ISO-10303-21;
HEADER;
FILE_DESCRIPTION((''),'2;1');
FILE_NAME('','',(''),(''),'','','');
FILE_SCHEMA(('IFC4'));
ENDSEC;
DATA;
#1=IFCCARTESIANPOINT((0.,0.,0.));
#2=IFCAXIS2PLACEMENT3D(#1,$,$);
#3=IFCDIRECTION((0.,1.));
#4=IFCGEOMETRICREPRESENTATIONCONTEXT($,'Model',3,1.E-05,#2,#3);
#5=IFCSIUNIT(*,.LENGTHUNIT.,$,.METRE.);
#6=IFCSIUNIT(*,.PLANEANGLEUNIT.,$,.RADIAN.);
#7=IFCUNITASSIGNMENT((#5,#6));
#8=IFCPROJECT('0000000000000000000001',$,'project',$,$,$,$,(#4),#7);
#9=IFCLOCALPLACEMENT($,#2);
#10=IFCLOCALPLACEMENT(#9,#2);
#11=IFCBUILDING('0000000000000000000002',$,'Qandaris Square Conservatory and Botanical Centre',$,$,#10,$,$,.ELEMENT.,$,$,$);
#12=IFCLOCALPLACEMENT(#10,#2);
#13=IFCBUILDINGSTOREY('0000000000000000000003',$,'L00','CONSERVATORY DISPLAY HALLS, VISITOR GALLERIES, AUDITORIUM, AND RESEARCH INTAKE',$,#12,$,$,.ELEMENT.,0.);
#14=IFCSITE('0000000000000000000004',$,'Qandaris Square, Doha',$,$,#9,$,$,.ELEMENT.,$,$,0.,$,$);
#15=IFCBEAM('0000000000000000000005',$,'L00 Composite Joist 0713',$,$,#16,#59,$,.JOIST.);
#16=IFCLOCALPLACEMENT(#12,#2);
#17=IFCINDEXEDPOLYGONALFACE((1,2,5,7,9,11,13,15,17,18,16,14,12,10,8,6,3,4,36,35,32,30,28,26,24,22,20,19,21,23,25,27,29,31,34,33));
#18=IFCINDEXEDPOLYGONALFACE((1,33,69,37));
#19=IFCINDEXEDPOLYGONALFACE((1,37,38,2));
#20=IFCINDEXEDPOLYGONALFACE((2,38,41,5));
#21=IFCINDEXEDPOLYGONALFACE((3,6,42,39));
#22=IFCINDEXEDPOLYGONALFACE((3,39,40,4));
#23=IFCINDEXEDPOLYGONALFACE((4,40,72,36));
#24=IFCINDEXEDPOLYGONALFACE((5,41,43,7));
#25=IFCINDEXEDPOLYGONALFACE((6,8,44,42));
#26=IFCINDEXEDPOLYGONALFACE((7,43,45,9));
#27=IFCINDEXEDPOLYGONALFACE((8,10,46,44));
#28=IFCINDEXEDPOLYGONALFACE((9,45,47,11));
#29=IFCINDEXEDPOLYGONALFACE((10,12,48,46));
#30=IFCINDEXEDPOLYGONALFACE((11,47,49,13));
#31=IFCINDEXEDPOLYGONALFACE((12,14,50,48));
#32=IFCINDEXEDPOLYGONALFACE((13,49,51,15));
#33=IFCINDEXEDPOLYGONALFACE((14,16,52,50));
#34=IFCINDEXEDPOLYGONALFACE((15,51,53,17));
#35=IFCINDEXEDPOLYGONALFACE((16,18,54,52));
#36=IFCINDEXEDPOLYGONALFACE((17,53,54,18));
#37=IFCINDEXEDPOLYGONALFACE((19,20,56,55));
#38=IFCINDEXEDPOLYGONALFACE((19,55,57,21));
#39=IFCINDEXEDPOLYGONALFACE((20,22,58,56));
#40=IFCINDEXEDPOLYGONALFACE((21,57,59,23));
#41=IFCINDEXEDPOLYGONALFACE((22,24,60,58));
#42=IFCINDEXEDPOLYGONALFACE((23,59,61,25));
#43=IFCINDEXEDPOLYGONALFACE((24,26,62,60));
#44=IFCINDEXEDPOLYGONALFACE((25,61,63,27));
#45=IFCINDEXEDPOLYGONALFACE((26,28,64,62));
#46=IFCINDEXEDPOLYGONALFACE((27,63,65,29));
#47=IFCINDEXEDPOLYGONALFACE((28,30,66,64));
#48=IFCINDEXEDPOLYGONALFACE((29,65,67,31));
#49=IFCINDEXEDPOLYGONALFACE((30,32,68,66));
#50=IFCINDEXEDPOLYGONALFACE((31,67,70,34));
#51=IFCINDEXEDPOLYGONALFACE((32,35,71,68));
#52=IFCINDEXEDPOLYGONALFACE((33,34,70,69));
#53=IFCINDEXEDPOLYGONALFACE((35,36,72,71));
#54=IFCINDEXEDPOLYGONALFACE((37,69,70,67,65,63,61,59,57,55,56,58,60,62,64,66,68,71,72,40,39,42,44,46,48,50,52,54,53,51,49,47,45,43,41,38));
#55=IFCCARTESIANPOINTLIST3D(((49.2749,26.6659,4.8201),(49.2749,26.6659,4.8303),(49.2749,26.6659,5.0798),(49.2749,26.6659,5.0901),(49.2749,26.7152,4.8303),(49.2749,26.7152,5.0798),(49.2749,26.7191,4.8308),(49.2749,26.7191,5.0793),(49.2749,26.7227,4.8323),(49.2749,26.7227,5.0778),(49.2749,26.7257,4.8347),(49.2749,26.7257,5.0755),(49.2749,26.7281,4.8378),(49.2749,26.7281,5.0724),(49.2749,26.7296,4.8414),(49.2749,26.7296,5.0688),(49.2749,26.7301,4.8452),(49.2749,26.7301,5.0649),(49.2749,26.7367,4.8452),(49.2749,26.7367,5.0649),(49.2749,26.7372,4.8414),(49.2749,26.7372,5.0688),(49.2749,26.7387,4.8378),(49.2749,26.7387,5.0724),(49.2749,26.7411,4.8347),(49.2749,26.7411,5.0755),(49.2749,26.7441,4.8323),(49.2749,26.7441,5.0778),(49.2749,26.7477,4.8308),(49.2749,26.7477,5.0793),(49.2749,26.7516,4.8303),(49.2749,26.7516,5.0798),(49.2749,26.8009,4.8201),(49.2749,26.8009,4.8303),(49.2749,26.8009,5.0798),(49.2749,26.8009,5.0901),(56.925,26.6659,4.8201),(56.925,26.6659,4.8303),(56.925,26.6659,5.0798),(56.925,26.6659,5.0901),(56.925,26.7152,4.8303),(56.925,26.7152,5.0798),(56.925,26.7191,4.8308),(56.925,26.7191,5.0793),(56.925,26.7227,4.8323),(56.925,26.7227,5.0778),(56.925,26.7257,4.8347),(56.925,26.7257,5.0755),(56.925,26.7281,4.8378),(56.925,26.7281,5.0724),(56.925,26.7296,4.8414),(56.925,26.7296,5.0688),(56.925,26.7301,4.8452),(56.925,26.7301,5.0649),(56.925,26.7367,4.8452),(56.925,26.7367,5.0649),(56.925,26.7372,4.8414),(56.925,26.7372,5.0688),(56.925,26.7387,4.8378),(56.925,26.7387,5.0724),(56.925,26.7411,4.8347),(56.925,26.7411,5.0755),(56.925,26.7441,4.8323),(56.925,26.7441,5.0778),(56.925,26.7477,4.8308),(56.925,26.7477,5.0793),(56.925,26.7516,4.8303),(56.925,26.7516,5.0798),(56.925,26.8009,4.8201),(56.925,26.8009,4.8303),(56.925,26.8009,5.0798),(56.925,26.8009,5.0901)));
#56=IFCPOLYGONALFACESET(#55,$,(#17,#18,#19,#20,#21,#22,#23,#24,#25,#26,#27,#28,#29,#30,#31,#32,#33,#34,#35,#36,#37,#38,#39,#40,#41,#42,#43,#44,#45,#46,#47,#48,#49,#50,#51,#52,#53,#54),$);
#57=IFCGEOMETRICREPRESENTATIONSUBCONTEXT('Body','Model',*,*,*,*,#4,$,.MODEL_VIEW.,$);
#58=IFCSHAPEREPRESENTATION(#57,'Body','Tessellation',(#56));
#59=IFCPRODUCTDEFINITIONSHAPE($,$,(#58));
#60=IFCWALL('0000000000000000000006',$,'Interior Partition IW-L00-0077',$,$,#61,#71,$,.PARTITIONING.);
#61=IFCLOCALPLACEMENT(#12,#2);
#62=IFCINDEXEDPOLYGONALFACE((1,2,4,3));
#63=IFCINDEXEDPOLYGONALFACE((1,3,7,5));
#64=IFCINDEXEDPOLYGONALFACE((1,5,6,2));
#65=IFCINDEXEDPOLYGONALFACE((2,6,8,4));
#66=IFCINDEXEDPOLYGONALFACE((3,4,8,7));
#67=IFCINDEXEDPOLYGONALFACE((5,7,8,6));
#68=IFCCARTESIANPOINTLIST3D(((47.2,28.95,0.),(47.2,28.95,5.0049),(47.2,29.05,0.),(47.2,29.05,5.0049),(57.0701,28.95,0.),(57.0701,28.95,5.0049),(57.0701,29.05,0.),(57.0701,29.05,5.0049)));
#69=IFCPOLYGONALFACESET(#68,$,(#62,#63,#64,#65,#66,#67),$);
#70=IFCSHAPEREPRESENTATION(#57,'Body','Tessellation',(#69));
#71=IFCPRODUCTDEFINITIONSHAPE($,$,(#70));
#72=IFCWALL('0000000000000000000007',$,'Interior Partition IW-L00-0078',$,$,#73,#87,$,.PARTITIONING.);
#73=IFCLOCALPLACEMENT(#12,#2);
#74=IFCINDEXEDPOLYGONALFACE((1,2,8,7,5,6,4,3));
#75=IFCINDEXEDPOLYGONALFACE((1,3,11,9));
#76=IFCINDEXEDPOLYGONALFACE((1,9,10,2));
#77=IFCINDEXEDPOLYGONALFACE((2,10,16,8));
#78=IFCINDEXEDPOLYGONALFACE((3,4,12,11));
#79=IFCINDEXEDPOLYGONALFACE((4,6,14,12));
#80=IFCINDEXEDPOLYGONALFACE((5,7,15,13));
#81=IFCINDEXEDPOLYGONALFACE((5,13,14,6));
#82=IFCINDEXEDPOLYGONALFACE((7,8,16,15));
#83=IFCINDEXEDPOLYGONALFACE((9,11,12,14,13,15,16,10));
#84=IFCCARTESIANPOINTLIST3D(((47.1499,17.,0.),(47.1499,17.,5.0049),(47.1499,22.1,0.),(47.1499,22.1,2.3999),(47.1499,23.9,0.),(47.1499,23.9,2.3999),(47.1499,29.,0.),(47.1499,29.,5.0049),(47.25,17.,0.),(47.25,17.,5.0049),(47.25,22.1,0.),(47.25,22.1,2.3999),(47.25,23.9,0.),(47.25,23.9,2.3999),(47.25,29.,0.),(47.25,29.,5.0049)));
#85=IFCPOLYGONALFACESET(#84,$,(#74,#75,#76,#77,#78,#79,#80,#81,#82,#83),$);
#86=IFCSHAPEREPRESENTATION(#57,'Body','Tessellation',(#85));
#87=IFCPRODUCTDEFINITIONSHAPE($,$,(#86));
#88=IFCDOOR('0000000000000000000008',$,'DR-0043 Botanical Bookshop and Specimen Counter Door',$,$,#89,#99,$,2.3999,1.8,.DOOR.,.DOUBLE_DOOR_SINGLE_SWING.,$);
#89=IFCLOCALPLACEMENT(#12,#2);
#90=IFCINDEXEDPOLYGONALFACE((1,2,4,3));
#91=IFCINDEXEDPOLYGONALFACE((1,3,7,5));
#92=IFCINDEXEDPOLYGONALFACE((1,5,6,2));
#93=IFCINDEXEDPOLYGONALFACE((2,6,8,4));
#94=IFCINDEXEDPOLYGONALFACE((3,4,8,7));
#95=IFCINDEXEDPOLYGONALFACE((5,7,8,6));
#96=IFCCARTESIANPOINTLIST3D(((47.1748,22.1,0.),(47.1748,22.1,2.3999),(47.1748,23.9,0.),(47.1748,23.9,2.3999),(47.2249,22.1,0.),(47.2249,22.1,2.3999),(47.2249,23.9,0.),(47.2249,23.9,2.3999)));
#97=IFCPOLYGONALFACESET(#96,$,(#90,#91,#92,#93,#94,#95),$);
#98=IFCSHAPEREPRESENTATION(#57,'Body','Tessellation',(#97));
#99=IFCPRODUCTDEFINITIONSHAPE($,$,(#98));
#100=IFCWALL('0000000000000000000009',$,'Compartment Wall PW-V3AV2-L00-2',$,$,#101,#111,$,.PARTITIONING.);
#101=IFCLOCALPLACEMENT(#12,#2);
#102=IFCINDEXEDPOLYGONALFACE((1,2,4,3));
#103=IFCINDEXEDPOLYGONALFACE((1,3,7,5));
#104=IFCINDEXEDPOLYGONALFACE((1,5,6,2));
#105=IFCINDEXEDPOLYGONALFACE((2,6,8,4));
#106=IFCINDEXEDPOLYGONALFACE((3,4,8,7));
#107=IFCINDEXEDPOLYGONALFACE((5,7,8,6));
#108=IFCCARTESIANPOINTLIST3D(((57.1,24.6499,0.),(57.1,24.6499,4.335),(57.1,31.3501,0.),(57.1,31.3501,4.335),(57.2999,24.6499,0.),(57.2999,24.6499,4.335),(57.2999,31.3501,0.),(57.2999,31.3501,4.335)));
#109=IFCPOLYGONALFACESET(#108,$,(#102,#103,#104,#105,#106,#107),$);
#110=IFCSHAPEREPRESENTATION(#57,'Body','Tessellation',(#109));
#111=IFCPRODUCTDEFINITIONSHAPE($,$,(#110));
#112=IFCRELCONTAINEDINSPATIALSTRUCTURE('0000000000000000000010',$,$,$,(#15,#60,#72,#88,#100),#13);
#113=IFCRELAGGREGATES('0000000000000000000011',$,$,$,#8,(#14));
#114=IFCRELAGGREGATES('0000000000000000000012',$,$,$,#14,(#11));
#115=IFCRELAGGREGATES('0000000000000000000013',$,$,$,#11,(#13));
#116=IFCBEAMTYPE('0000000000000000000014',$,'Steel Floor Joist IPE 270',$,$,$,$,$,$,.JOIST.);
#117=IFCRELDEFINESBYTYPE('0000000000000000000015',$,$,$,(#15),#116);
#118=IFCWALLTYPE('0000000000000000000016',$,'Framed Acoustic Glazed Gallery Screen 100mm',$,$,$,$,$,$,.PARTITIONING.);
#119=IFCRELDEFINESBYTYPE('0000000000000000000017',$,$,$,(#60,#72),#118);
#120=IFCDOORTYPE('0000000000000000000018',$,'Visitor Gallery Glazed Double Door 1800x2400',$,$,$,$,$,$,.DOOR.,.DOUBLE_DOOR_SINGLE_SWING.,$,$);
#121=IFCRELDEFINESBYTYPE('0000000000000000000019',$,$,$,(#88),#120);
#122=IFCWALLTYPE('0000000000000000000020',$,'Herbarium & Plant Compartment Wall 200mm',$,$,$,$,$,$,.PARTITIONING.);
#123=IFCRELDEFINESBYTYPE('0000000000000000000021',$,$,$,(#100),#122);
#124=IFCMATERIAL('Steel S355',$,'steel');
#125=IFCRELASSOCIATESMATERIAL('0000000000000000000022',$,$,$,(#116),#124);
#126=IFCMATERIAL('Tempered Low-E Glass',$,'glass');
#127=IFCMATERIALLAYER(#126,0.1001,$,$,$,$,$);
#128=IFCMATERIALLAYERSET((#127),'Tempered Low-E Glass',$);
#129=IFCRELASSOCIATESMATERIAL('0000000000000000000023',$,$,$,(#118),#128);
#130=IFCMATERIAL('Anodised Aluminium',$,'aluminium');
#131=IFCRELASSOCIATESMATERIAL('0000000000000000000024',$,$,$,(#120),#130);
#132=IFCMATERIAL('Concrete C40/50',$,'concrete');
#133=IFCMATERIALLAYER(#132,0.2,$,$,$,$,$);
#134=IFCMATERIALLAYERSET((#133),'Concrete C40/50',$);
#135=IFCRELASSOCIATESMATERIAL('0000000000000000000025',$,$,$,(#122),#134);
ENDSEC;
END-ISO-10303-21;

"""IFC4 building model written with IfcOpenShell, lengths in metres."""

from ifc_helpers import new_model, si_unit, direction, frame, frame_2d, origin, origin_2d, place, context, subcontext, project, spatial, rectangle, i_section, extrude, material, layer, layer_set, material_profile, profile_set, type_object, element, fill, save


model = new_model("IFC4")

# Units and contexts
model_context = context("Model", 3, precision=1e-05, world=origin(), true_north=direction((0.0, 1.0)))
body_context = subcontext(model_context, "Body", "Model", "MODEL_VIEW")
ifc_project = project(units=[si_unit("LENGTHUNIT", "METRE"), si_unit("PLANEANGLEUNIT", "RADIAN")], contexts=[model_context])

# Site, building, storey
site_placement = place(None, origin())
site = spatial("IfcSite", under=ifc_project, at=site_placement, Name="Qandaris Square, Doha", CompositionType="ELEMENT", RefElevation=0.0)
building_placement = place(site_placement, origin())
building = spatial("IfcBuilding", under=site, at=building_placement, Name="Qandaris Square Conservatory and Botanical Centre", CompositionType="ELEMENT")
storey_placement = place(building_placement, origin())
storey = spatial("IfcBuildingStorey", under=building, at=storey_placement, Name="L00", Description="CONSERVATORY DISPLAY HALLS, VISITOR GALLERIES, AUDITORIUM, AND RESEARCH INTAKE", CompositionType="ELEMENT", Elevation=0.0)

# Shared definitions
ifc_material_1 = material(Name="Concrete C40/50", Category="concrete")

# Beam
ifc_material_2 = material(Name="Steel S355", Category="steel")
ifc_material_profile_1 = material_profile(ifc_material_2, i_section(OverallWidth=0.135, OverallDepth=0.27, WebThickness=0.0066, FlangeThickness=0.0103, FilletRadius=0.0149, at=origin_2d()), Name="IPE 270")
ifc_profile_set_1 = profile_set([ifc_material_profile_1], Name="Steel S355")
beam_type_1 = type_object("IfcBeamType", Name="Steel Floor Joist IPE 270", PredefinedType="JOIST", material=ifc_profile_set_1)
beam_1_placement = place(storey_placement, frame((49.2749, 26.7334, 4.9551), z_axis=(1.0, 0.0, 0.0), x_axis=(0.0, 1.0, 0.0)))
element("IfcBeam", 1, at=beam_1_placement, inside=storey, type_object=beam_type_1, Name="L00 Composite Joist 0713", PredefinedType="JOIST", context=body_context, shape_type="SweptSolid", body=[
    extrude(i_section(OverallWidth=0.135, OverallDepth=0.27, WebThickness=0.0066, FlangeThickness=0.0103, FilletRadius=0.0149, at=origin_2d()), origin(), (0.0, 0.0, 1.0), 7.6501),
])

# Wall
ifc_material_3 = material(Name="Tempered Low-E Glass", Category="glass")
ifc_layer_1 = layer(ifc_material_3, 0.1001)
ifc_layer_set_1 = layer_set([ifc_layer_1], Name="Tempered Low-E Glass")
wall_type_1 = type_object("IfcWallType", Name="Framed Acoustic Glazed Gallery Screen 100mm", PredefinedType="PARTITIONING", material=ifc_layer_set_1)
wall_1_placement = place(storey_placement, frame((57.0701, 29.0, 0.0), z_axis=(0.0, 0.0, 1.0), x_axis=(-1.0, 0.0, 0.0)))
element("IfcWall", 2, at=wall_1_placement, inside=storey, type_object=wall_type_1, Name="Interior Partition IW-L00-0077", PredefinedType="PARTITIONING", context=body_context, shape_type="SweptSolid", body=[
    extrude(rectangle(XDim=9.8701, YDim=0.1001, at=frame_2d((4.9351, 0.0))), origin(), (0.0, 0.0, 1.0), 5.0049),
])

# Wall, opening, door
wall_2_placement = place(storey_placement, frame((47.2, 29.0, 0.0), z_axis=(0.0, 0.0, 1.0), x_axis=(0.0, -1.0, 0.0)))
wall_2 = element("IfcWall", 3, at=wall_2_placement, inside=storey, type_object=wall_type_1, Name="Interior Partition IW-L00-0078", PredefinedType="PARTITIONING", context=body_context, shape_type="SweptSolid", body=[
    extrude(rectangle(XDim=12.0, YDim=0.1001, at=frame_2d((6.0, 0.0))), origin(), (0.0, 0.0, 1.0), 5.0049),
])
opening_1_placement = place(wall_2_placement, frame((5.1001, 0.0, 0.0)))
opening_1 = element("IfcOpeningElement", 4, at=opening_1_placement, cuts=wall_2, PredefinedType="OPENING", context=body_context, shape_type="SweptSolid", body=[
    extrude(rectangle(XDim=1.8, YDim=2.3999, at=frame_2d((0.8999, 1.2))), frame((0.0, 0.062, 0.0), z_axis=(0.0, -1.0, 0.0), x_axis=(1.0, 0.0, 0.0)), (0.0, 0.0, 1.0), 0.124),
])
ifc_material_4 = material(Name="Anodised Aluminium", Category="aluminium")
door_type_1 = type_object("IfcDoorType", Name="Visitor Gallery Glazed Double Door 1800x2400", OperationType="DOUBLE_DOOR_SINGLE_SWING", PredefinedType="DOOR", material=ifc_material_4)
door_1_placement = place(opening_1_placement, origin())
door_1 = element("IfcDoor", 5, at=door_1_placement, inside=storey, type_object=door_type_1, Name="DR-0043 Botanical Bookshop and Specimen Counter Door", OperationType="DOUBLE_DOOR_SINGLE_SWING", OverallHeight=2.3999, OverallWidth=1.8, PredefinedType="DOOR", context=body_context, shape_type="SweptSolid", body=[
    extrude(rectangle(XDim=1.8, YDim=2.3999, at=frame_2d((0.8999, 1.2))), frame((0.0, 0.0249, 0.0), z_axis=(0.0, -1.0, 0.0), x_axis=(1.0, 0.0, 0.0)), (0.0, 0.0, 1.0), 0.05),
])
fill(opening_1, door_1)

# Wall
ifc_layer_2 = layer(ifc_material_1, 0.2)
ifc_layer_set_2 = layer_set([ifc_layer_2], Name="Concrete C40/50")
wall_type_2 = type_object("IfcWallType", Name="Herbarium & Plant Compartment Wall 200mm", PredefinedType="PARTITIONING", material=ifc_layer_set_2)
wall_3_placement = place(storey_placement, frame((57.2, 24.6499, 0.0), z_axis=(0.0, 0.0, 1.0), x_axis=(0.0, 1.0, 0.0)))
element("IfcWall", 6, at=wall_3_placement, inside=storey, type_object=wall_type_2, Name="Compartment Wall PW-V3AV2-L00-2", PredefinedType="PARTITIONING", context=body_context, shape_type="SweptSolid", body=[
    extrude(rectangle(XDim=6.7002, YDim=0.2, at=frame_2d((3.3501, 0.0))), origin(), (0.0, 0.0, 1.0), 4.335),
])

save(model, "model.ifc")
